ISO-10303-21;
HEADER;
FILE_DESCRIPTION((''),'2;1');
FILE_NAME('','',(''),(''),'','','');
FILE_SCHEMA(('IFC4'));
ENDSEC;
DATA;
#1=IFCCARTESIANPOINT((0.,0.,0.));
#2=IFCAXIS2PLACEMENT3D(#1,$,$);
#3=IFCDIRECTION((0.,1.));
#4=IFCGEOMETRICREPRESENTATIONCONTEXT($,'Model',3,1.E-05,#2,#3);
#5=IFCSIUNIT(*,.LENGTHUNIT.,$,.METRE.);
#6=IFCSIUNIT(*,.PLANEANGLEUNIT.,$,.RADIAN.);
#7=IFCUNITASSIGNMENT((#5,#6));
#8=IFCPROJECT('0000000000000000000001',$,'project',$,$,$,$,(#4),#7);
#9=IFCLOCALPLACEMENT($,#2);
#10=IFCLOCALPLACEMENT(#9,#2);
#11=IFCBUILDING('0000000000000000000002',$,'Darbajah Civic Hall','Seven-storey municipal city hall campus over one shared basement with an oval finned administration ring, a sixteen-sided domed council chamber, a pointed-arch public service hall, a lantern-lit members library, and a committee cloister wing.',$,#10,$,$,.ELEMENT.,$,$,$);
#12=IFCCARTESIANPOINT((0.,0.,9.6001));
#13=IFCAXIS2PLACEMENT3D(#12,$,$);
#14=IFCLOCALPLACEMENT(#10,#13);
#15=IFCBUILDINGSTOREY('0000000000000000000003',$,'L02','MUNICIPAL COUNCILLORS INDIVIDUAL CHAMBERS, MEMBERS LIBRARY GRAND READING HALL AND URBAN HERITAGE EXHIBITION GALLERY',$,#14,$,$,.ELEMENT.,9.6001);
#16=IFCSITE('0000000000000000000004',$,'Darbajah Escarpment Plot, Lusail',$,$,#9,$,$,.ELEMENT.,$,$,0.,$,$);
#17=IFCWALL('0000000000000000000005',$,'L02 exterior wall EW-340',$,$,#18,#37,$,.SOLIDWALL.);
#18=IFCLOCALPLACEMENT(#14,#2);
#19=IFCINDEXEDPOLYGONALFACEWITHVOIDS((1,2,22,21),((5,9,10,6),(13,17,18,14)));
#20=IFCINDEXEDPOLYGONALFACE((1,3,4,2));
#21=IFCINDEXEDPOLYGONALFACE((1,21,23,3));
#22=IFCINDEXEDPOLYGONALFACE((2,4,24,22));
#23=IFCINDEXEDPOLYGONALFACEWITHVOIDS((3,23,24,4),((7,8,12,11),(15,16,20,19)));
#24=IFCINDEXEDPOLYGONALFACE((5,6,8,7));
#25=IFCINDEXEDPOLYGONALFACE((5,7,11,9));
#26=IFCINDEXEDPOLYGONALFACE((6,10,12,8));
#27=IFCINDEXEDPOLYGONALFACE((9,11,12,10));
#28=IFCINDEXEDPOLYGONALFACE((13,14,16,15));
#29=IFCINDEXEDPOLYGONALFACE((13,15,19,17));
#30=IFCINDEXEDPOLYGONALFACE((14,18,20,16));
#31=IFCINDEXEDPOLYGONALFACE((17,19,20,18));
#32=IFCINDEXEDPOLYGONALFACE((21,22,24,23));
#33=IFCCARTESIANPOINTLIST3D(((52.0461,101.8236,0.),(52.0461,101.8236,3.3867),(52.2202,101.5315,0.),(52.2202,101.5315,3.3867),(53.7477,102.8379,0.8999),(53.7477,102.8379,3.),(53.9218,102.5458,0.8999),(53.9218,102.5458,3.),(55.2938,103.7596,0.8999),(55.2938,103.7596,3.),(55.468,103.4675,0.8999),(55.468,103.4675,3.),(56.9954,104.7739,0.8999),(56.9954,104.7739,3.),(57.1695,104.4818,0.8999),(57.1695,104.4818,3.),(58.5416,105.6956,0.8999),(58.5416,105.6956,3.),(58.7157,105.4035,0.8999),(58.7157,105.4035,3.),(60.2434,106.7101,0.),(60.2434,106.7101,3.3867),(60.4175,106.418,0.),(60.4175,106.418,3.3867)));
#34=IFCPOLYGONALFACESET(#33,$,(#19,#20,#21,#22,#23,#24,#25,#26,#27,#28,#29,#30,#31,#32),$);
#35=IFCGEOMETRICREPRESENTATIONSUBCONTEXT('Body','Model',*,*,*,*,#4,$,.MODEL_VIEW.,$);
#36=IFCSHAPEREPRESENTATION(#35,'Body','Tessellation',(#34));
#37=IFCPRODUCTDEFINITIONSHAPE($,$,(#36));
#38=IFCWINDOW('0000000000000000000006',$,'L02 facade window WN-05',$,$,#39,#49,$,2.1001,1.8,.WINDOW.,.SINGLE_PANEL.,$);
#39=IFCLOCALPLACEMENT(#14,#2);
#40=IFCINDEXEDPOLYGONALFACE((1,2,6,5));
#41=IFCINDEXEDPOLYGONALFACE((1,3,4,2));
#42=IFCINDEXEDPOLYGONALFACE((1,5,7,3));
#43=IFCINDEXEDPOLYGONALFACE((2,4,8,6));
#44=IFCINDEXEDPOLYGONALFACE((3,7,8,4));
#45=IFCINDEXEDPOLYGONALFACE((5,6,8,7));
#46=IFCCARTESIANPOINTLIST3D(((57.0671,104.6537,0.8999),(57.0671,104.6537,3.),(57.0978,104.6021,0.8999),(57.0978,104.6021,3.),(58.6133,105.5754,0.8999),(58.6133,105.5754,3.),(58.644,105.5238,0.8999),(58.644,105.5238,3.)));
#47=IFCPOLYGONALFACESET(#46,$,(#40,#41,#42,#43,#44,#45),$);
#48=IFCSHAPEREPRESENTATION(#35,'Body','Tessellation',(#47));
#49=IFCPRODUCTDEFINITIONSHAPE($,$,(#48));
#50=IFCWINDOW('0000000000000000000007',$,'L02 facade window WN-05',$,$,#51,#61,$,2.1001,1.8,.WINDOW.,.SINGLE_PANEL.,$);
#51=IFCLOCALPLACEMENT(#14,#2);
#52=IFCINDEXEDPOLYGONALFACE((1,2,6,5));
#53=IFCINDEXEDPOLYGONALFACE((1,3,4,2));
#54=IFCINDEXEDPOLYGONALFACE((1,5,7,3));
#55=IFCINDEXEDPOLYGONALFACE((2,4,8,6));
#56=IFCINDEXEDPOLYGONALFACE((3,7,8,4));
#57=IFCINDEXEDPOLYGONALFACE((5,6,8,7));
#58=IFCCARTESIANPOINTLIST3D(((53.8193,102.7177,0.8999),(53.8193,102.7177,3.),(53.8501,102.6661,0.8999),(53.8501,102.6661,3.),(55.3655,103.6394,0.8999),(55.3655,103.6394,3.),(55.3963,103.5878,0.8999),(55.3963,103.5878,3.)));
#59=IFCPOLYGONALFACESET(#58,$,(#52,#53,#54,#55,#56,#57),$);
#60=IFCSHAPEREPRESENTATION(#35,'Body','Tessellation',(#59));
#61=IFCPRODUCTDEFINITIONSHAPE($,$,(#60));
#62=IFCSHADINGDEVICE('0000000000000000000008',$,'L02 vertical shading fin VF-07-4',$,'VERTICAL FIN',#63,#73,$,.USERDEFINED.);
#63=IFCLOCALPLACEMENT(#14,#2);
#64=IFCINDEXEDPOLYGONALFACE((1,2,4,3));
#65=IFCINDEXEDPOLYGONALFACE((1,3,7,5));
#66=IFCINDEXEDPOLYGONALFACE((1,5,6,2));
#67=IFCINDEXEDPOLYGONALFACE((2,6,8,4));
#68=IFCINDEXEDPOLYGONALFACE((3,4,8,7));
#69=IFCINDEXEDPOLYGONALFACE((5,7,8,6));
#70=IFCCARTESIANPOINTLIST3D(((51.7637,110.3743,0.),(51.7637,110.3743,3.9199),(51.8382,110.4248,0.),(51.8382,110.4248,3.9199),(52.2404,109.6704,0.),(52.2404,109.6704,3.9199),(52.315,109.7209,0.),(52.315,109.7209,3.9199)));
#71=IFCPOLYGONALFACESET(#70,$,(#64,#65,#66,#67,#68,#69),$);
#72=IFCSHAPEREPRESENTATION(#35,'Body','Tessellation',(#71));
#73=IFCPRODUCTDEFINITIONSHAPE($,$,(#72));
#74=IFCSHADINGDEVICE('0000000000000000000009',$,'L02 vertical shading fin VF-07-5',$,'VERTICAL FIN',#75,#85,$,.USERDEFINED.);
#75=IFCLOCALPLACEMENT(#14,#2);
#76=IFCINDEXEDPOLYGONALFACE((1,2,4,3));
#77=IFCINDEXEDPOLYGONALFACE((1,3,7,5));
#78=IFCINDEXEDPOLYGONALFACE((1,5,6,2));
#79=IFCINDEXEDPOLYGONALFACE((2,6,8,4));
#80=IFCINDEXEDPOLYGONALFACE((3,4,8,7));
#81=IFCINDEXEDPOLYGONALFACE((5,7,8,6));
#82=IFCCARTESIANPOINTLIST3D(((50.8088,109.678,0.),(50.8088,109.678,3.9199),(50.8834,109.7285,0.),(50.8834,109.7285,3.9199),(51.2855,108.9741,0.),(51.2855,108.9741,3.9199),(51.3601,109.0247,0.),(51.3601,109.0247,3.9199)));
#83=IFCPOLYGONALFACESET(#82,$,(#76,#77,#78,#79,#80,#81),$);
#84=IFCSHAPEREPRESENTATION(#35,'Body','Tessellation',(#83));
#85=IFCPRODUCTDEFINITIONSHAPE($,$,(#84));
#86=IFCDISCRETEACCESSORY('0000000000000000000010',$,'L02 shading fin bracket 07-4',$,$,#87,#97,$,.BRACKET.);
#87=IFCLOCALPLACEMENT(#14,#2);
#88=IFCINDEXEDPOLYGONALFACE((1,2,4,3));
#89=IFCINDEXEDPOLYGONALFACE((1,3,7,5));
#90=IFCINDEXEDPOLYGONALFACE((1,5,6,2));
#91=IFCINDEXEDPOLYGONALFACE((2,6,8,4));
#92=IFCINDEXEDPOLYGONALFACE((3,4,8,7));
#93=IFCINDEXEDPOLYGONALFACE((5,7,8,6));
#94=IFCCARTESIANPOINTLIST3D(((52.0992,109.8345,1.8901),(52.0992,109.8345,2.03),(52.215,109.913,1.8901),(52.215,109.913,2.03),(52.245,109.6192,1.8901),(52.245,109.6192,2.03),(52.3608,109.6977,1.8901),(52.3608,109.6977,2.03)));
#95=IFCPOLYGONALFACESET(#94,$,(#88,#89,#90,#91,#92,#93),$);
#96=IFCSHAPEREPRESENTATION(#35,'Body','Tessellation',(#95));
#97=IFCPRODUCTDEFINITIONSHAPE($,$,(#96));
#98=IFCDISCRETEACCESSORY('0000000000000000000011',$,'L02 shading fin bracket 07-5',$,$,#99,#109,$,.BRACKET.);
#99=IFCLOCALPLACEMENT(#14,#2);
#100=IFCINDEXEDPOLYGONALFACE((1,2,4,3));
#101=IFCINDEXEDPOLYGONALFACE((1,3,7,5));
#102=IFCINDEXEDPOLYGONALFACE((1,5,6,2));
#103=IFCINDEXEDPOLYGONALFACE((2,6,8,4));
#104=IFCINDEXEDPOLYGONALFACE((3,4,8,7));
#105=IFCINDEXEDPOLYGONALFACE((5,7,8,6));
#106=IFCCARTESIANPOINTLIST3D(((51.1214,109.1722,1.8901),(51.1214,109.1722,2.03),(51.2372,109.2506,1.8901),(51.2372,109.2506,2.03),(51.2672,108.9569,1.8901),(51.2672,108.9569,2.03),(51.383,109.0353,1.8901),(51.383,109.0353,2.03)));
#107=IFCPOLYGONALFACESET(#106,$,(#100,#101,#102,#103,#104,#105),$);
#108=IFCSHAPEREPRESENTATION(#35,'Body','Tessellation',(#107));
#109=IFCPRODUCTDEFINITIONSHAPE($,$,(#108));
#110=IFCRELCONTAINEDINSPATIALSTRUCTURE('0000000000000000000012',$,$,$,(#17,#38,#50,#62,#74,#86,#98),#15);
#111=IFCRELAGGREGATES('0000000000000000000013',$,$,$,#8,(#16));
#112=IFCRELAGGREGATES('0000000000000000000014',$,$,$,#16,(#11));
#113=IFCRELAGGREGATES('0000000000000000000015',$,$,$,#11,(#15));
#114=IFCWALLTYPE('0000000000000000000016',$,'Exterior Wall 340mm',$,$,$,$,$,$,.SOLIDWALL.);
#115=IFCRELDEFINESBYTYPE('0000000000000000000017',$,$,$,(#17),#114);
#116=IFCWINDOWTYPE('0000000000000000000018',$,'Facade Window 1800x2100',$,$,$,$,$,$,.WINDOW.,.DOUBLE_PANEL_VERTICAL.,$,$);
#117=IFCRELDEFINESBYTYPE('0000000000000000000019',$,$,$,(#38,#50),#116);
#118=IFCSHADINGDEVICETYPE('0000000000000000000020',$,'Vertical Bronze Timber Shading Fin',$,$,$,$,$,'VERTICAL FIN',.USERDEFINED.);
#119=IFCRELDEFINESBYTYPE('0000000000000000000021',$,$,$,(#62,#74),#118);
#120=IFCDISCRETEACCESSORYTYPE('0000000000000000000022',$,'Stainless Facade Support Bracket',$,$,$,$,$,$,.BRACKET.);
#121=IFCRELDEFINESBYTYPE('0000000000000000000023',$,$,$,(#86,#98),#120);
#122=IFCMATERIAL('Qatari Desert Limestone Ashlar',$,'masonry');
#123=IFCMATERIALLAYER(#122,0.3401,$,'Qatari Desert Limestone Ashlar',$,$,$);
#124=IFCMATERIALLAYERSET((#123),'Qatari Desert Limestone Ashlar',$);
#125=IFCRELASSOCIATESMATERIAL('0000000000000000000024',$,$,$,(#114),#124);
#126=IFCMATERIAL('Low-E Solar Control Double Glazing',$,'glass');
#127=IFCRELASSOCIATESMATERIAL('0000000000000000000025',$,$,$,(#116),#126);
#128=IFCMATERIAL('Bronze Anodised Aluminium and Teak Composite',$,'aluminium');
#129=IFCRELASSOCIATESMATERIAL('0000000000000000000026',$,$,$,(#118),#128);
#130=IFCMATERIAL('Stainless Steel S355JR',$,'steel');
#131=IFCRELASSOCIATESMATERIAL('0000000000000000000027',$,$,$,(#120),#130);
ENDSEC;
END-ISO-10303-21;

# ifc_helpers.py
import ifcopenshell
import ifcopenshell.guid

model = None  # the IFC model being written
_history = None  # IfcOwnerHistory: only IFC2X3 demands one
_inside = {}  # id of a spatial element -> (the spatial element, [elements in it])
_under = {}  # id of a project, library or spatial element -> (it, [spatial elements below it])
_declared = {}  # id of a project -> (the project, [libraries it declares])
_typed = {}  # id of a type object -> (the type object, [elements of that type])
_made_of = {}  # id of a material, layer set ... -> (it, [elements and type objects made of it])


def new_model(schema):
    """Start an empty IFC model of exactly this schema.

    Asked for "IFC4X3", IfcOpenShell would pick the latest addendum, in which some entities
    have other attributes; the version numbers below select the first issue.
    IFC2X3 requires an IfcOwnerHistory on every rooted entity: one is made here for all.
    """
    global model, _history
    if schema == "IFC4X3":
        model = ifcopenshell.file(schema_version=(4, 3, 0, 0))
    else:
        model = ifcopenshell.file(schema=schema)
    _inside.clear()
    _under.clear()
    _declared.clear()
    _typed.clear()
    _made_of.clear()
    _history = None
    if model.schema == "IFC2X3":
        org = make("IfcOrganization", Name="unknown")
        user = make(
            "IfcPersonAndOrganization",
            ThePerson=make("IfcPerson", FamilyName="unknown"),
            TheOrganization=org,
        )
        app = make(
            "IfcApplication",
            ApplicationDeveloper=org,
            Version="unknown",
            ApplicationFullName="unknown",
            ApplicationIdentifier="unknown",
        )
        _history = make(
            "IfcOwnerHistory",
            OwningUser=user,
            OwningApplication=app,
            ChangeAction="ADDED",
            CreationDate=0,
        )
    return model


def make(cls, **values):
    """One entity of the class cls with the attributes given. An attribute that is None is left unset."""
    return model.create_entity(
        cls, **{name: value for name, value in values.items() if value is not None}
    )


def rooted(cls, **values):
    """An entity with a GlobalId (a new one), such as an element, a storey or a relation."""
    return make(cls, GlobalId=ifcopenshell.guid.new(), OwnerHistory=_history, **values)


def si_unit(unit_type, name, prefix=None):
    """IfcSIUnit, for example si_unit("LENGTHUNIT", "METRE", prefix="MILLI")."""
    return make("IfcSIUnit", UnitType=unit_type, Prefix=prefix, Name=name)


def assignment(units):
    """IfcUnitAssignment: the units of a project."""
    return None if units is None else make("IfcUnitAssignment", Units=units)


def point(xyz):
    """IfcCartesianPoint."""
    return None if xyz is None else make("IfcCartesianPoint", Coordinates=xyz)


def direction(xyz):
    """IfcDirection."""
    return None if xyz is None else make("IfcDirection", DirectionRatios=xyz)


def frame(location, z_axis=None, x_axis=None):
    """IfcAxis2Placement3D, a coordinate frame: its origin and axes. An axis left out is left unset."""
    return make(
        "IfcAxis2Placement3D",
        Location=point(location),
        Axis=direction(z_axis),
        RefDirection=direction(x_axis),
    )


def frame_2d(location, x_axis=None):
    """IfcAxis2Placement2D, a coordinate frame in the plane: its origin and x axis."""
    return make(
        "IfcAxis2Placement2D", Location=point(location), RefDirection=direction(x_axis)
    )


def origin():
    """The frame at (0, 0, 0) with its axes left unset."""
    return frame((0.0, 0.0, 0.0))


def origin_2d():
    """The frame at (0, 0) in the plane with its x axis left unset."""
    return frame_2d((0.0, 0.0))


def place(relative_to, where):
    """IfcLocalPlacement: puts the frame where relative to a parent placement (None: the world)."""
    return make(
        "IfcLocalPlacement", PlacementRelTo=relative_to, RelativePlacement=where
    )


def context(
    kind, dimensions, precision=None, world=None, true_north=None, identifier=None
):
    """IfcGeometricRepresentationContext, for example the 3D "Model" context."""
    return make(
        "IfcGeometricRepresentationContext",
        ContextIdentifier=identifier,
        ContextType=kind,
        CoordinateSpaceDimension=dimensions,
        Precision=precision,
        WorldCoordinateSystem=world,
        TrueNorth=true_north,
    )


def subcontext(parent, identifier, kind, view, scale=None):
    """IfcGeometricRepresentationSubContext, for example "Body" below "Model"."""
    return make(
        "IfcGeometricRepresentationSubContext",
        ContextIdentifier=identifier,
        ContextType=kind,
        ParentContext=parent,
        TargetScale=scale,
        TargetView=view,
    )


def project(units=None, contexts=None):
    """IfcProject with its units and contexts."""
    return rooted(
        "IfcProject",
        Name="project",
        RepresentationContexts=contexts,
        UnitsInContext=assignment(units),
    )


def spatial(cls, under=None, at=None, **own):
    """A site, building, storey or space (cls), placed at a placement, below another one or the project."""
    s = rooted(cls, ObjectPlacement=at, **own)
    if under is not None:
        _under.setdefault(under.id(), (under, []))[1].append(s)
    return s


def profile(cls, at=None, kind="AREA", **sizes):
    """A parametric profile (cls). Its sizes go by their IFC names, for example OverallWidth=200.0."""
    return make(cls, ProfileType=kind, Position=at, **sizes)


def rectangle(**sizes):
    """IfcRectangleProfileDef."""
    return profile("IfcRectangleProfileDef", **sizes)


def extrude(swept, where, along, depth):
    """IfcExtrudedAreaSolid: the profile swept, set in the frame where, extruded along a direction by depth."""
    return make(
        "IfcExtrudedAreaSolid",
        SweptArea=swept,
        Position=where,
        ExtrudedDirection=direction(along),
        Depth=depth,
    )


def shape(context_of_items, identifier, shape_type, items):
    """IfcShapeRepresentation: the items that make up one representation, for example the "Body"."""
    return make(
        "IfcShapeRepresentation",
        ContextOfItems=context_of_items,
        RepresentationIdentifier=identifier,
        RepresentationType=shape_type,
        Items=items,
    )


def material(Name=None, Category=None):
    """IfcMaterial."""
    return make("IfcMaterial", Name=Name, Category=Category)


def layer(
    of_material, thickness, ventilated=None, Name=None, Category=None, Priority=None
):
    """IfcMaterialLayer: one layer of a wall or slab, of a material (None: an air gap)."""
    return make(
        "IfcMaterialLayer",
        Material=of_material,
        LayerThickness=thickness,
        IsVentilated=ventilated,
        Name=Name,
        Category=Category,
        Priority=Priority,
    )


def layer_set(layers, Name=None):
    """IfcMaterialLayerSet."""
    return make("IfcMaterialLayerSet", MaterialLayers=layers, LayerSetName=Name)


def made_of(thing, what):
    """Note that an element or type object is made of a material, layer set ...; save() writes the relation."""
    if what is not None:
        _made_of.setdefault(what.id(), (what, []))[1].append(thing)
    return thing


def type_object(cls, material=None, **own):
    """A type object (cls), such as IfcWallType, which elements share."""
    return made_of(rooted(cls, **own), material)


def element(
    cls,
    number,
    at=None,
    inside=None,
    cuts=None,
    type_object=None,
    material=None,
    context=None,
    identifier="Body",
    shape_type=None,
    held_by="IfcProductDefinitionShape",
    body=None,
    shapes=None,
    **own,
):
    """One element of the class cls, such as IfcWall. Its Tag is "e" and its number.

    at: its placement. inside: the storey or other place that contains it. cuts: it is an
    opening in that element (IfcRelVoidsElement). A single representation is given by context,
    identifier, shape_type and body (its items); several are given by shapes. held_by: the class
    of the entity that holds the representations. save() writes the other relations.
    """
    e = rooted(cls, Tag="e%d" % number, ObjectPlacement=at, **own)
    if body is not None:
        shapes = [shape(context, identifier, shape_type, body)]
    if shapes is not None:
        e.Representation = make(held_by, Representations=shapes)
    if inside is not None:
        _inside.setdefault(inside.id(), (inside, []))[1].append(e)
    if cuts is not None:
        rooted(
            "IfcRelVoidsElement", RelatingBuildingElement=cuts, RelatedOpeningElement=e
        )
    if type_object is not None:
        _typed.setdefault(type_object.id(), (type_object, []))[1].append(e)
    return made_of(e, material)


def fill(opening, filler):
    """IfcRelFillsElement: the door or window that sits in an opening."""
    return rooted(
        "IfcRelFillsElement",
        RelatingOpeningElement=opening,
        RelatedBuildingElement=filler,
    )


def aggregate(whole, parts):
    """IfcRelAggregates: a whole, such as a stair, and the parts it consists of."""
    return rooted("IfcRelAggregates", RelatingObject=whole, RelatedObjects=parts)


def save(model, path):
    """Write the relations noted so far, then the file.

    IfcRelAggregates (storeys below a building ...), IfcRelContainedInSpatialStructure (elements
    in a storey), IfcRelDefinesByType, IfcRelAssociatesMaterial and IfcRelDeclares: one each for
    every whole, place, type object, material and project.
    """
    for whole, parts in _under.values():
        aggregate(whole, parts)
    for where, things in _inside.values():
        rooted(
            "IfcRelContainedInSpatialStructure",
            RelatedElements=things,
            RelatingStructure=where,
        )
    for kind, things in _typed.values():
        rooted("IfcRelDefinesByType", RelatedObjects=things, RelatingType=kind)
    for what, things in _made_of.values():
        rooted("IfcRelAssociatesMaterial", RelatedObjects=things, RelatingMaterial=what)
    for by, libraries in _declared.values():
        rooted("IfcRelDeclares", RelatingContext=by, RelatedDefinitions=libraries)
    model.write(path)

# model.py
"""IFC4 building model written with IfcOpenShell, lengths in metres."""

from ifc_helpers import new_model, si_unit, direction, frame, frame_2d, origin, origin_2d, place, context, subcontext, project, spatial, rectangle, extrude, material, layer, layer_set, type_object, element, fill, save


model = new_model("IFC4")

# Units and contexts
model_context = context("Model", 3, precision=1e-05, world=origin(), true_north=direction((0.0, 1.0)))
body_context = subcontext(model_context, "Body", "Model", "MODEL_VIEW")
ifc_project = project(units=[si_unit("LENGTHUNIT", "METRE"), si_unit("PLANEANGLEUNIT", "RADIAN")], contexts=[model_context])

# Site, building, storey
site_placement = place(None, origin())
site = spatial("IfcSite", under=ifc_project, at=site_placement, Name="Darbajah Escarpment Plot, Lusail", CompositionType="ELEMENT", RefElevation=0.0)
building_placement = place(site_placement, origin())
building = spatial("IfcBuilding", under=site, at=building_placement, Name="Darbajah Civic Hall", Description="Seven-storey municipal city hall campus over one shared basement with an oval finned administration ring, a sixteen-sided domed council chamber, a pointed-arch public service hall, a lantern-lit members library, and a committee cloister wing.", CompositionType="ELEMENT")
storey_placement = place(building_placement, frame((0.0, 0.0, 9.6001)))
storey = spatial("IfcBuildingStorey", under=building, at=storey_placement, Name="L02", Description="MUNICIPAL COUNCILLORS INDIVIDUAL CHAMBERS, MEMBERS LIBRARY GRAND READING HALL AND URBAN HERITAGE EXHIBITION GALLERY", CompositionType="ELEMENT", Elevation=9.6001)

# Shared definitions
ifc_material_1 = material(Name="Low-E Solar Control Double Glazing", Category="glass")

# Wall, openings, windows
ifc_material_2 = material(Name="Qatari Desert Limestone Ashlar", Category="masonry")
ifc_layer_1 = layer(ifc_material_2, 0.3401, Name="Qatari Desert Limestone Ashlar")
ifc_layer_set_1 = layer_set([ifc_layer_1], Name="Qatari Desert Limestone Ashlar")
wall_type_1 = type_object("IfcWallType", Name="Exterior Wall 340mm", PredefinedType="SOLIDWALL", material=ifc_layer_set_1)
wall_1_placement = place(storey_placement, frame((60.3303, 106.564, 0.0), z_axis=(0.0, 0.0, 1.0), x_axis=(-0.858963, -0.512037, 0.0)))
wall_1 = element("IfcWall", 1, at=wall_1_placement, inside=storey, type_object=wall_type_1, Name="L02 exterior wall EW-340", PredefinedType="SOLIDWALL", context=body_context, shape_type="SweptSolid", body=[
    extrude(rectangle(XDim=9.5432, YDim=0.3401, at=frame_2d((4.7715, 0.0))), origin(), (0.0, 0.0, 1.0), 3.3867),
])
opening_1_placement = place(wall_1_placement, frame((1.9812, 0.0, 0.8999)))
opening_1 = element("IfcOpeningElement", 2, at=opening_1_placement, cuts=wall_1, PredefinedType="OPENING", context=body_context, shape_type="SweptSolid", body=[
    extrude(rectangle(XDim=1.8, YDim=2.1001, at=frame_2d((0.8999, 1.05))), frame((0.0, 0.1799, 0.0), z_axis=(0.0, -1.0, 0.0), x_axis=(1.0, 0.0, 0.0)), (0.0, 0.0, 1.0), 0.3601),
])
opening_2_placement = place(wall_1_placement, frame((5.7622, 0.0, 0.8999)))
opening_2 = element("IfcOpeningElement", 3, at=opening_2_placement, cuts=wall_1, PredefinedType="OPENING", context=body_context, shape_type="SweptSolid", body=[
    extrude(rectangle(XDim=1.8, YDim=2.1001, at=frame_2d((0.8999, 1.05))), frame((0.0, 0.1799, 0.0), z_axis=(0.0, -1.0, 0.0), x_axis=(1.0, 0.0, 0.0)), (0.0, 0.0, 1.0), 0.3601),
])
window_type = type_object("IfcWindowType", Name="Facade Window 1800x2100", PartitioningType="DOUBLE_PANEL_VERTICAL", PredefinedType="WINDOW", material=ifc_material_1)
window_1_placement = place(opening_1_placement, origin())
window_1 = element("IfcWindow", 4, at=window_1_placement, inside=storey, type_object=window_type, Name="L02 facade window WN-05", OverallHeight=2.1001, OverallWidth=1.8, PartitioningType="SINGLE_PANEL", PredefinedType="WINDOW", context=body_context, shape_type="SweptSolid", body=[
    extrude(rectangle(XDim=1.8, YDim=2.1001, at=frame_2d((0.8999, 1.05))), frame((0.0, 0.03, 0.0), z_axis=(0.0, -1.0, 0.0), x_axis=(1.0, 0.0, 0.0)), (0.0, 0.0, 1.0), 0.0601),
])
fill(opening_1, window_1)
window_2_placement = place(opening_2_placement, origin())
window_2 = element("IfcWindow", 5, at=window_2_placement, inside=storey, type_object=window_type, Name="L02 facade window WN-05", OverallHeight=2.1001, OverallWidth=1.8, PartitioningType="SINGLE_PANEL", PredefinedType="WINDOW", context=body_context, shape_type="SweptSolid", body=[
    extrude(rectangle(XDim=1.8, YDim=2.1001, at=frame_2d((0.8999, 1.05))), frame((0.0, 0.03, 0.0), z_axis=(0.0, -1.0, 0.0), x_axis=(1.0, 0.0, 0.0)), (0.0, 0.0, 1.0), 0.0601),
])
fill(opening_2, window_2)

# Shading devices
ifc_material_3 = material(Name="Bronze Anodised Aluminium and Teak Composite", Category="aluminium")
shading_device_type = type_object("IfcShadingDeviceType", Name="Vertical Bronze Timber Shading Fin", ElementType="VERTICAL FIN", PredefinedType="USERDEFINED", material=ifc_material_3)
for number, where, z_axis, x_axis, name in (
    (6, (52.0393, 110.0476, 0.0), (0.0, 0.0, 1.0), (-0.560784, 0.827962, 0.0), "L02 vertical shading fin VF-07-4"),
    (7, (51.0845, 109.3513, 0.0), (0.0, 0.0, 1.0), (-0.560784, 0.827962, 0.0), "L02 vertical shading fin VF-07-5"),
):
    element("IfcShadingDevice", number, at=place(storey_placement, frame(where, z_axis=z_axis, x_axis=x_axis)), inside=storey, type_object=shading_device_type, Name=name, ObjectType="VERTICAL FIN", PredefinedType="USERDEFINED", context=body_context, shape_type="SweptSolid", body=[
        extrude(rectangle(XDim=0.8501, YDim=0.0901, at=origin_2d()), origin(), (0.0, 0.0, 1.0), 3.9199),
    ])

# Discrete accessories
ifc_material_4 = material(Name="Stainless Steel S355JR", Category="steel")
discrete_accessory_type = type_object("IfcDiscreteAccessoryType", Name="Stainless Facade Support Bracket", PredefinedType="BRACKET", material=ifc_material_4)
for number, where, z_axis, x_axis, name in (
    (8, (52.23, 109.7661, 1.8901), (0.0, 0.0, 1.0), (-0.560784, 0.827962, 0.0), "L02 shading fin bracket 07-4"),
    (9, (51.2522, 109.1038, 1.8901), (0.0, 0.0, 1.0), (-0.560784, 0.827962, 0.0), "L02 shading fin bracket 07-5"),
):
    element("IfcDiscreteAccessory", number, at=place(storey_placement, frame(where, z_axis=z_axis, x_axis=x_axis)), inside=storey, type_object=discrete_accessory_type, Name=name, PredefinedType="BRACKET", context=body_context, shape_type="SweptSolid", body=[
        extrude(rectangle(XDim=0.26, YDim=0.1399, at=origin_2d()), origin(), (0.0, 0.0, 1.0), 0.1399),
    ])

save(model, "model.ifc")
